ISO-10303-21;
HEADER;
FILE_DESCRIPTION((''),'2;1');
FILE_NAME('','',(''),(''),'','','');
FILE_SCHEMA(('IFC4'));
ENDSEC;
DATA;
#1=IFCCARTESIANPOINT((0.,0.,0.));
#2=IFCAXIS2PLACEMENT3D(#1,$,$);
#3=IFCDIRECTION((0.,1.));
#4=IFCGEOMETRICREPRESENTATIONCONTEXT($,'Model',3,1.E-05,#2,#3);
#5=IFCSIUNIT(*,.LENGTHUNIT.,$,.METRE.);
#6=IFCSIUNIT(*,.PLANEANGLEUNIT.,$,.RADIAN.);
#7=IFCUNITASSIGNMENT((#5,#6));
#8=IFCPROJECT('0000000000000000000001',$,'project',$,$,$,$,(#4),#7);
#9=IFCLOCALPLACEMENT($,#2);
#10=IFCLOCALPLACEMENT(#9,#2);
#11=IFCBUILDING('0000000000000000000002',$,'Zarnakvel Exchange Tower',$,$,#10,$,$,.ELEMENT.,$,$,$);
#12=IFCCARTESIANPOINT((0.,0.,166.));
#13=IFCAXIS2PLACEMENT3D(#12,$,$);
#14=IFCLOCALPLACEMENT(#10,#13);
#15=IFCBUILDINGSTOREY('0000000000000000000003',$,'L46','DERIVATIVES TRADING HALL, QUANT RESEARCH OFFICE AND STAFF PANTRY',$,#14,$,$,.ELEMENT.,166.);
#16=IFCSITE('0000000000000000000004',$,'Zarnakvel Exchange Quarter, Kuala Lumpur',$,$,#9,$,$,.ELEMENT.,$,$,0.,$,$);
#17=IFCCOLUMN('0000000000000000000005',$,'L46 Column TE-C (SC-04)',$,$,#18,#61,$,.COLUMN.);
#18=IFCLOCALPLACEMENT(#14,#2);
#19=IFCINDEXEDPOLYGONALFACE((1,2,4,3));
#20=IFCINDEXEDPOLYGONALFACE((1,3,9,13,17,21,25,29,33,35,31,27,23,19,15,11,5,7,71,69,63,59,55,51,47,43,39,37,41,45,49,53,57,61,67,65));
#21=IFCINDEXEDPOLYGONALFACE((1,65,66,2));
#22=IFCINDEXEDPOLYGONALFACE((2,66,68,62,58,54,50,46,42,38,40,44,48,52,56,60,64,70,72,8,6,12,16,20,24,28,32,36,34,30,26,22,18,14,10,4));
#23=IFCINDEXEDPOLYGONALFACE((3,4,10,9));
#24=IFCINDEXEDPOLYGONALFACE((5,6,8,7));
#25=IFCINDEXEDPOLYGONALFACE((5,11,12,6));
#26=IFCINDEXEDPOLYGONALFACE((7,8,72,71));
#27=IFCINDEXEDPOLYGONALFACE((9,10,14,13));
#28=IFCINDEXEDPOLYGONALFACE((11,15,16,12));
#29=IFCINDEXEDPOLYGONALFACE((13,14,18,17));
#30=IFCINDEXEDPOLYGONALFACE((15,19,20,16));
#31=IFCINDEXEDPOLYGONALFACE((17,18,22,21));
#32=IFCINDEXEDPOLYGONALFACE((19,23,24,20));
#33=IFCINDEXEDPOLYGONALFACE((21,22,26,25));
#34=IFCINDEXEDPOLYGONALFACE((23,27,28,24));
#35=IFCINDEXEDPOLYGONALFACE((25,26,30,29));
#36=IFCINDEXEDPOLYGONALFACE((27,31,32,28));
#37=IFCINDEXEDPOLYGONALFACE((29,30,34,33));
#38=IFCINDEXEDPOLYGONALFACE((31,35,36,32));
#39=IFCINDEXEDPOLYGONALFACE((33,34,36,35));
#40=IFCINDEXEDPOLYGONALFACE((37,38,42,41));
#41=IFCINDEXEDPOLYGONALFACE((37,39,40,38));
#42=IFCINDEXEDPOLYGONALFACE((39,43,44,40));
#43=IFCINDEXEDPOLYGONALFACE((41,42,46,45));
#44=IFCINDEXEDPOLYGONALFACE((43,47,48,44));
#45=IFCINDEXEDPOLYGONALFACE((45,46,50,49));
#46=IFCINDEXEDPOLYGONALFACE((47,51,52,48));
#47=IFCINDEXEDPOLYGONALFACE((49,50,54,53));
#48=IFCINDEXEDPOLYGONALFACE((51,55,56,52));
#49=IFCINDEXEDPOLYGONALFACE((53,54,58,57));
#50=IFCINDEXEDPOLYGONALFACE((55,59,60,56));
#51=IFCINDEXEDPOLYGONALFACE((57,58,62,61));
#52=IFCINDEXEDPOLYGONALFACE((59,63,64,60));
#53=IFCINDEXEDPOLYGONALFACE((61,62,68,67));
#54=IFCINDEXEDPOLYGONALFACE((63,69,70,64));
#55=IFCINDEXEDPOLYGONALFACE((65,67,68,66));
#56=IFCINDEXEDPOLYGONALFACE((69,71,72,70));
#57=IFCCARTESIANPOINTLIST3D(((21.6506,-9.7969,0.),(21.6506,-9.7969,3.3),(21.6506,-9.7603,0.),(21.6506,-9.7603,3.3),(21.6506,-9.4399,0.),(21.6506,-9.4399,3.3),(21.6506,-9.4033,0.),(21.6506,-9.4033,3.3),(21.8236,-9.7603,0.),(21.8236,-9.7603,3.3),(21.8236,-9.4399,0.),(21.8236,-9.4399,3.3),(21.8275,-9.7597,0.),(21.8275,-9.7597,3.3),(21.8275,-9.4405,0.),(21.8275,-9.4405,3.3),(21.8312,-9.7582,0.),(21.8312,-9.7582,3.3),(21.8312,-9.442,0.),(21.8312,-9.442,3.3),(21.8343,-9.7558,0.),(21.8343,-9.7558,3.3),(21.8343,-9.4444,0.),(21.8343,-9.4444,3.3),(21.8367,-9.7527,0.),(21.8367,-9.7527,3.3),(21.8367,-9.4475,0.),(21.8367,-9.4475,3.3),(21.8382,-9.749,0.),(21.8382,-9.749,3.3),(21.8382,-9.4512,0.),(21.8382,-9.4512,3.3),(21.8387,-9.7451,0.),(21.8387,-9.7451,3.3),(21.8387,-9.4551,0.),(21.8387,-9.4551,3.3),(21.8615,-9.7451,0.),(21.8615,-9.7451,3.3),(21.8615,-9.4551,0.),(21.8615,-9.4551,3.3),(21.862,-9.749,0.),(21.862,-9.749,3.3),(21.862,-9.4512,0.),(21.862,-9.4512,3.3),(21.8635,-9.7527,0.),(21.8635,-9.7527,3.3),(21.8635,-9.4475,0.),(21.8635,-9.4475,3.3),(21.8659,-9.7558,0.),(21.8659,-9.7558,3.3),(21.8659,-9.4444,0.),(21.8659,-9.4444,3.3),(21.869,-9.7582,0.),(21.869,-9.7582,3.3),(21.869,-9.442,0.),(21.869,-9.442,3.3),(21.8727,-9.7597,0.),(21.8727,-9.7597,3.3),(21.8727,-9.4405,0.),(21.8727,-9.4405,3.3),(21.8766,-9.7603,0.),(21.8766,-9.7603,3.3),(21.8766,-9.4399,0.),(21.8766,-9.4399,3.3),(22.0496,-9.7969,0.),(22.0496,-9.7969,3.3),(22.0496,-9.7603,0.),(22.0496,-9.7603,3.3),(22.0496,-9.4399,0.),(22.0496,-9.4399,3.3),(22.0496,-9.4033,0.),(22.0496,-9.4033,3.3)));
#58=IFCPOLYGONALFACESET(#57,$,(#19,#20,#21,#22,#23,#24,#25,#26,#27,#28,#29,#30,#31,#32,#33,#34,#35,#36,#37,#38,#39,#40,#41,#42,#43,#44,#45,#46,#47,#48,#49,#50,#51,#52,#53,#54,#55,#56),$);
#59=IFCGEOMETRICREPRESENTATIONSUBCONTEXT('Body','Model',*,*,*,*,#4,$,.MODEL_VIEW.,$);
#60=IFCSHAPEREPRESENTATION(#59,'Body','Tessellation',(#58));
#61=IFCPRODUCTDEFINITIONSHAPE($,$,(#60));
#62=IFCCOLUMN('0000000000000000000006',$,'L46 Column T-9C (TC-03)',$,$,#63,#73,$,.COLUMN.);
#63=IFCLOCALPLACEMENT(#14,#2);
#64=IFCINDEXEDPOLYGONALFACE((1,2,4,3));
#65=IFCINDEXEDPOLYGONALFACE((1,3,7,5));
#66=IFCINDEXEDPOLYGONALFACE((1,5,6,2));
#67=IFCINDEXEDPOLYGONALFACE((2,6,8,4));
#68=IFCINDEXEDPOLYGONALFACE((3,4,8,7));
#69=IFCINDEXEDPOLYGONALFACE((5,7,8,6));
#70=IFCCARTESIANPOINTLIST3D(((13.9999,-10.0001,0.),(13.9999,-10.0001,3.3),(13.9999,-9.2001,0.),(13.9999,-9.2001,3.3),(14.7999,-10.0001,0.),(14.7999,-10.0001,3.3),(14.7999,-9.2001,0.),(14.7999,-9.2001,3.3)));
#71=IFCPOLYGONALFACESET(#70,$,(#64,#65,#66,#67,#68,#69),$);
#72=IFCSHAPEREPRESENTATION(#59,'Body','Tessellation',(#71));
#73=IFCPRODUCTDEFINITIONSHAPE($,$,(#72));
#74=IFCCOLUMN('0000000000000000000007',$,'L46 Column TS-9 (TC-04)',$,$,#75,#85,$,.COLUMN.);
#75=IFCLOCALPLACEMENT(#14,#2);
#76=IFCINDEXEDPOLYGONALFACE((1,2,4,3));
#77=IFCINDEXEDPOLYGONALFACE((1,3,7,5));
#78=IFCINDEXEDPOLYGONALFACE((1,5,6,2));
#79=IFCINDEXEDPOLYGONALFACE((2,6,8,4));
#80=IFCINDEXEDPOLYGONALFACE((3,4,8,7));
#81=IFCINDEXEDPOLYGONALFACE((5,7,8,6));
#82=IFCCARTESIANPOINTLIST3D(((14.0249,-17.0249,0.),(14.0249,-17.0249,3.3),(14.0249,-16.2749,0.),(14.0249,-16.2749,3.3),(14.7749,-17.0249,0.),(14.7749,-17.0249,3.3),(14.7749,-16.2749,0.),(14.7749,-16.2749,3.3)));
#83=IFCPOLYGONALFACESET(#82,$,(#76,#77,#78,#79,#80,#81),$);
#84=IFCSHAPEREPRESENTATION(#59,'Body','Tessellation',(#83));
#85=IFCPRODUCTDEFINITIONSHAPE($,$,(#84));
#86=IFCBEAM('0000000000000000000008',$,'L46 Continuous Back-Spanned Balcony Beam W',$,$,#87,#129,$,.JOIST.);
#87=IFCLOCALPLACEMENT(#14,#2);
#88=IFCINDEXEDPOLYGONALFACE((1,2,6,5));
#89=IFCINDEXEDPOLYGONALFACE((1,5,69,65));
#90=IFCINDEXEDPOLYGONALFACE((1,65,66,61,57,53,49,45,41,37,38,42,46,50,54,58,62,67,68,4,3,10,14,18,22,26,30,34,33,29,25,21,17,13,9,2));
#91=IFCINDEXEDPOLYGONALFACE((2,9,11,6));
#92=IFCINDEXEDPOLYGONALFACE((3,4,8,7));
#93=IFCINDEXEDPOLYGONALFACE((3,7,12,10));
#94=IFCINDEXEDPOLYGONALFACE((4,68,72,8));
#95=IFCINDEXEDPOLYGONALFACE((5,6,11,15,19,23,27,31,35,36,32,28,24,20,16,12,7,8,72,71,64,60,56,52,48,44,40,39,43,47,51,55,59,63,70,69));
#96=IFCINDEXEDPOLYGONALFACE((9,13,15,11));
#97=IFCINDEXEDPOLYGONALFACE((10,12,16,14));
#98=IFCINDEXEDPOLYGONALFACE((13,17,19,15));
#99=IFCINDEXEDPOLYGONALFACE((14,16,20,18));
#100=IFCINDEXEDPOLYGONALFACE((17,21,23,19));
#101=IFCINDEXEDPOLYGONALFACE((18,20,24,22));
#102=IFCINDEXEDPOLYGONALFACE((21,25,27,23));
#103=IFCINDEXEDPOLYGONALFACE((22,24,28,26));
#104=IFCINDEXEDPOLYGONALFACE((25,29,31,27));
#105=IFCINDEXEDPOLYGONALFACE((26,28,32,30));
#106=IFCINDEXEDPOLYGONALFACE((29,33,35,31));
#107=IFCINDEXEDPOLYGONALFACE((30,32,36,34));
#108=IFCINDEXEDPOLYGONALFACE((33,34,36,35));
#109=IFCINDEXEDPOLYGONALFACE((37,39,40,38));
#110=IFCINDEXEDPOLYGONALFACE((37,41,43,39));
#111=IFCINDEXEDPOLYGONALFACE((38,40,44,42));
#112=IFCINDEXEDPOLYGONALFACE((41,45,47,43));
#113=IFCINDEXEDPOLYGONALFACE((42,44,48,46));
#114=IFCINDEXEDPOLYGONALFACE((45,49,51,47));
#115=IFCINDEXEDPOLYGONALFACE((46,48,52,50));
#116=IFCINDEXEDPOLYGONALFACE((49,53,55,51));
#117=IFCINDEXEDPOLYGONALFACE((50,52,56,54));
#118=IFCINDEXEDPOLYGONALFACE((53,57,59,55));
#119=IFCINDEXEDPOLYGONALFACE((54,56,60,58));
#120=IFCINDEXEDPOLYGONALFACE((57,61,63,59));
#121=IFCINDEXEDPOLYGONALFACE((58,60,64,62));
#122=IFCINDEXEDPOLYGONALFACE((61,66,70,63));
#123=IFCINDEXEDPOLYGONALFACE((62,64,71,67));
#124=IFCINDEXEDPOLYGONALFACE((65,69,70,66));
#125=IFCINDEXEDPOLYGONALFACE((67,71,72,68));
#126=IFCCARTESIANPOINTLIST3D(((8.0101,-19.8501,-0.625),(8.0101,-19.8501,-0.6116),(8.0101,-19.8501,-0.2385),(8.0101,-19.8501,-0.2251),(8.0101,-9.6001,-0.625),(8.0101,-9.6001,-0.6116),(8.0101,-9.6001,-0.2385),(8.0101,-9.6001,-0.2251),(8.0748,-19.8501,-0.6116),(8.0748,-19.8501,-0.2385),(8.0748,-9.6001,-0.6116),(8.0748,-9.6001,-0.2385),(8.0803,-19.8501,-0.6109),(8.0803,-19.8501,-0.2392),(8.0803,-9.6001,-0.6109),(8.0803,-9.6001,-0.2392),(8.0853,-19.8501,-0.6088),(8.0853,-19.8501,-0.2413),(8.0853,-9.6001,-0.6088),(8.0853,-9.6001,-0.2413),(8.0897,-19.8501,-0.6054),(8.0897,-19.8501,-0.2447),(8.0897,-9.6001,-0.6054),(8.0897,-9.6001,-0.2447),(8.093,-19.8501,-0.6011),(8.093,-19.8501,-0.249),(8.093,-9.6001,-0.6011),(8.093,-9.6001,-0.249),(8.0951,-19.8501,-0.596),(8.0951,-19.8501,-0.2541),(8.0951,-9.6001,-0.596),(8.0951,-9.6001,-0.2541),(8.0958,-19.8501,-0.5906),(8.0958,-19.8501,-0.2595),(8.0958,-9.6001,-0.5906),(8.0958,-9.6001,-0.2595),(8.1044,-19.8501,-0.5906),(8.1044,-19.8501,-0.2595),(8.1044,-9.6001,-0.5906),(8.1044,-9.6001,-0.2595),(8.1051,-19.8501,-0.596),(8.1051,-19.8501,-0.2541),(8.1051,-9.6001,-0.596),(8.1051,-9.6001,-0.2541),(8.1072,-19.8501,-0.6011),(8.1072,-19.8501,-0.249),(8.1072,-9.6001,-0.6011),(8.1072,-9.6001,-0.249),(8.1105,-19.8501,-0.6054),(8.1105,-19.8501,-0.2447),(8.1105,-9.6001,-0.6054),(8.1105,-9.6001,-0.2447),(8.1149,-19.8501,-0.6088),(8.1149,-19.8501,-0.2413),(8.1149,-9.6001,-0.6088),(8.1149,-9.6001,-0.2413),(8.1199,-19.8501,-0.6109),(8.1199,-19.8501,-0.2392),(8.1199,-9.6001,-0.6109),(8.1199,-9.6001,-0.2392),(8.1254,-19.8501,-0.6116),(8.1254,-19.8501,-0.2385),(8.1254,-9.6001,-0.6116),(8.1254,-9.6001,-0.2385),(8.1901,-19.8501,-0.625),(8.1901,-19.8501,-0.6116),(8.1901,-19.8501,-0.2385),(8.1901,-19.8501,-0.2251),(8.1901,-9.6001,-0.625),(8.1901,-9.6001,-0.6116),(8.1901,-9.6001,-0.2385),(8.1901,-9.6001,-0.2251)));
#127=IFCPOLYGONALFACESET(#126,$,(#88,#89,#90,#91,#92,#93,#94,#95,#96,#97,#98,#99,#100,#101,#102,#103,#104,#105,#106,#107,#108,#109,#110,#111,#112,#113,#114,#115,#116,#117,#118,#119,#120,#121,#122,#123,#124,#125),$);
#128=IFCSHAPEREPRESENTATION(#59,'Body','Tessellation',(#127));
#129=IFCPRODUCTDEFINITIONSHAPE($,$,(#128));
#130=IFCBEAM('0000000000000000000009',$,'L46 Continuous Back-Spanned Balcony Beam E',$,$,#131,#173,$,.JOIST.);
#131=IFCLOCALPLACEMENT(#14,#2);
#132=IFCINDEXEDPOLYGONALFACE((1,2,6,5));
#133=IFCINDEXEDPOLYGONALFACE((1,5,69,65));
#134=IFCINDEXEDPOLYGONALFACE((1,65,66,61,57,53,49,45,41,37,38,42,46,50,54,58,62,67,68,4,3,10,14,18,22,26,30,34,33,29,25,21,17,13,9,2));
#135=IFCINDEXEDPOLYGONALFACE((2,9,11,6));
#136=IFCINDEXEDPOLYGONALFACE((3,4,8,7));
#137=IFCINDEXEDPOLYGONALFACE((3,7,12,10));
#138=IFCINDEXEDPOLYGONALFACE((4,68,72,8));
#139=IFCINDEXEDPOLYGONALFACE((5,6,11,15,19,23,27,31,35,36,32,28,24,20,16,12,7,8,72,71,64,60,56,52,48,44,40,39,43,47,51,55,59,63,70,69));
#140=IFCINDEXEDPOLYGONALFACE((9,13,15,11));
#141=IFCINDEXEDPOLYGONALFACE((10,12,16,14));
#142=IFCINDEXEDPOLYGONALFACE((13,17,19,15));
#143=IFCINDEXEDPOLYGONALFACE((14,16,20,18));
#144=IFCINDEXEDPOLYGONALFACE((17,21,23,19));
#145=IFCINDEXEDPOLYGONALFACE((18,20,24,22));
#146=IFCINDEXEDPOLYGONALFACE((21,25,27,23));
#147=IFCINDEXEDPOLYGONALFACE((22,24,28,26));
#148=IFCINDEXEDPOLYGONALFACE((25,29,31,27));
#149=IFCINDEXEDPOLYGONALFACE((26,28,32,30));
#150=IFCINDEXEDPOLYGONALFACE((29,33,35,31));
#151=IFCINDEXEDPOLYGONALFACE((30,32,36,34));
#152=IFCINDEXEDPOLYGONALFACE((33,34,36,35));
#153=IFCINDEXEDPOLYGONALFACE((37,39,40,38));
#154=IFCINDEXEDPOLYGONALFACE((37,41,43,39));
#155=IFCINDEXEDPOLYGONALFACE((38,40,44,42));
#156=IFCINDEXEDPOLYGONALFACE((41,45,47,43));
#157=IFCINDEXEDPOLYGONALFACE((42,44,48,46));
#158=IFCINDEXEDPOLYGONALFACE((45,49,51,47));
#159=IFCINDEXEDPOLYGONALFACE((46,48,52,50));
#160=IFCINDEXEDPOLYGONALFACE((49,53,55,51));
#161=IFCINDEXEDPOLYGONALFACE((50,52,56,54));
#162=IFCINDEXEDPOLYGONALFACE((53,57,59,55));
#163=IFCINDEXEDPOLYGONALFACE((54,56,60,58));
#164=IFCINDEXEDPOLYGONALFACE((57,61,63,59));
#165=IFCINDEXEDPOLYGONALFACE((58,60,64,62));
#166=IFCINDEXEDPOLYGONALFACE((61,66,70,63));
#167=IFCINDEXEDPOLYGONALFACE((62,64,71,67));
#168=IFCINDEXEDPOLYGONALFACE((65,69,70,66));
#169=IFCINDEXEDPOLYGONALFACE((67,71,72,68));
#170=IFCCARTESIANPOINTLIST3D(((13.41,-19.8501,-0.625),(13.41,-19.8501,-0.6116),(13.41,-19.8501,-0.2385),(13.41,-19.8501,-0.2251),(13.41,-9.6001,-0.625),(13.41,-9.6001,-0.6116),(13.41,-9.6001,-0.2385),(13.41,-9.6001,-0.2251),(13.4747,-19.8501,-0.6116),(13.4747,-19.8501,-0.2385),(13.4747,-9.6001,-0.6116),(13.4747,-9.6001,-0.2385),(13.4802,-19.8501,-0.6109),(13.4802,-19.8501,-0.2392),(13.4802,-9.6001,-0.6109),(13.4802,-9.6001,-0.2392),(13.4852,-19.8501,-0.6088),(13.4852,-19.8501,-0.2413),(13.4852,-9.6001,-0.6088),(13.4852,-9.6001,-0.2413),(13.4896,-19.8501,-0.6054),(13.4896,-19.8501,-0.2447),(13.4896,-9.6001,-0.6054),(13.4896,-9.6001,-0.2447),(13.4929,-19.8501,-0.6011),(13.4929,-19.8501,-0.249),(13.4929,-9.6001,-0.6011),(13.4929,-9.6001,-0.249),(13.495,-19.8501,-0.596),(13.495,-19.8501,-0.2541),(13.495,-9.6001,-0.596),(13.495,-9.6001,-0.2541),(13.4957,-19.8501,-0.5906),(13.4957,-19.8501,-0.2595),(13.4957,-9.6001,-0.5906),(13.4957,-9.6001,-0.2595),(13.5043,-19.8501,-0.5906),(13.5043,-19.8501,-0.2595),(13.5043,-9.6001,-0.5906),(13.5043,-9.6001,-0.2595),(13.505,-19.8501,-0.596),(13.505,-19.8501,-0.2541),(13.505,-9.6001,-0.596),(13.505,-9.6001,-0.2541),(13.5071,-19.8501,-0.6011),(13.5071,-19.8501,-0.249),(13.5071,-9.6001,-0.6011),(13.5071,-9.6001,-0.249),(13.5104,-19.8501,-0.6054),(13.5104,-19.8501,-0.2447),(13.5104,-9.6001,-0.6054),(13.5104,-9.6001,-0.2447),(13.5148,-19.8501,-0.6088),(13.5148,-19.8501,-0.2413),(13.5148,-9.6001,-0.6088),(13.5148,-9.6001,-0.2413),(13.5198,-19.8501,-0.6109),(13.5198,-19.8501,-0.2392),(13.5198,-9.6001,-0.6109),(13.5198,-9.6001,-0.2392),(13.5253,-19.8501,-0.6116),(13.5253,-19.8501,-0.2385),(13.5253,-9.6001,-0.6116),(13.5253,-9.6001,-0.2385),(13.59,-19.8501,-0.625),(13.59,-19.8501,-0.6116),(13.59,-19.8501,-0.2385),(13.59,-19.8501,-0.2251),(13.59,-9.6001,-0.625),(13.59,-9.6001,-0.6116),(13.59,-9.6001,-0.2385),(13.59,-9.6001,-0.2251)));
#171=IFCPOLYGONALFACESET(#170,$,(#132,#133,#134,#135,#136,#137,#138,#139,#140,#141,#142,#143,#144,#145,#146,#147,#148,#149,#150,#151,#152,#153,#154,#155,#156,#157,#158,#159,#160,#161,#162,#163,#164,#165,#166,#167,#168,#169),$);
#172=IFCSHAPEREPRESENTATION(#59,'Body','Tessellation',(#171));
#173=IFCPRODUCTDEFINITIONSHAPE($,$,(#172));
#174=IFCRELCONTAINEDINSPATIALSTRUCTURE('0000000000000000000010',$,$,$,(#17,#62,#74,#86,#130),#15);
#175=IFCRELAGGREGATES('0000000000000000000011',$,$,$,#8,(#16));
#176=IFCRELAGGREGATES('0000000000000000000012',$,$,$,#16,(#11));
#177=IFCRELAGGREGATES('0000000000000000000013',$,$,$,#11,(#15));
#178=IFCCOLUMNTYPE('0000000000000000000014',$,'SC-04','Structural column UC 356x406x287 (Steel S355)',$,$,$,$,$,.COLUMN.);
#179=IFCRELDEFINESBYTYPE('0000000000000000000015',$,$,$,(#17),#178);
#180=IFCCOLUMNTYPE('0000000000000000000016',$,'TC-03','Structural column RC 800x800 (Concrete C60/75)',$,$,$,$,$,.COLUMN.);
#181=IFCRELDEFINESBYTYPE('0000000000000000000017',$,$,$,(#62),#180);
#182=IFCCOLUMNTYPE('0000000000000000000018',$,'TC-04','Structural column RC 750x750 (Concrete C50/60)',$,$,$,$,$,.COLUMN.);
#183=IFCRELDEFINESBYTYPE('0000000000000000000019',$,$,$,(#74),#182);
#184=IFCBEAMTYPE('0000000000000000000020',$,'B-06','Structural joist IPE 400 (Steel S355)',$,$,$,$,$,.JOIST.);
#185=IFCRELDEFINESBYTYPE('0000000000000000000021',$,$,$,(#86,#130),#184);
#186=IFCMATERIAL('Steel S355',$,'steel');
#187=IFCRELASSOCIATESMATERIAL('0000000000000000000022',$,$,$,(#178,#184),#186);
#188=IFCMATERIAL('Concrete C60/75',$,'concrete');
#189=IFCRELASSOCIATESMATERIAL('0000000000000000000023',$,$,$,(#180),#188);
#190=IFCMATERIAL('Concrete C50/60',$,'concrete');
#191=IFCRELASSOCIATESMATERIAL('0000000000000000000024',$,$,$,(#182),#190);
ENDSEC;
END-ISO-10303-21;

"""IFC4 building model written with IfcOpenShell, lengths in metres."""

from ifc_helpers import new_model, si_unit, direction, frame, origin, origin_2d, place, context, subcontext, project, spatial, rectangle, i_section, extrude, material, material_profile, profile_set, type_object, element, save


model = new_model("IFC4")

# Units and contexts
model_context = context("Model", 3, precision=1e-05, world=origin(), true_north=direction((0.0, 1.0)))
body_context = subcontext(model_context, "Body", "Model", "MODEL_VIEW")
ifc_project = project(units=[si_unit("LENGTHUNIT", "METRE"), si_unit("PLANEANGLEUNIT", "RADIAN")], contexts=[model_context])

# Site, building, storey
site_placement = place(None, origin())
site = spatial("IfcSite", under=ifc_project, at=site_placement, Name="Zarnakvel Exchange Quarter, Kuala Lumpur", CompositionType="ELEMENT", RefElevation=0.0)
building_placement = place(site_placement, origin())
building = spatial("IfcBuilding", under=site, at=building_placement, Name="Zarnakvel Exchange Tower", CompositionType="ELEMENT")
storey_placement = place(building_placement, frame((0.0, 0.0, 166.0)))
storey = spatial("IfcBuildingStorey", under=building, at=storey_placement, Name="L46", Description="DERIVATIVES TRADING HALL, QUANT RESEARCH OFFICE AND STAFF PANTRY", CompositionType="ELEMENT", Elevation=166.0)

# Columns
ifc_material_1 = material(Name="Steel S355", Category="steel")
ifc_material_profile_1 = material_profile(ifc_material_1, i_section(OverallWidth=0.3989, OverallDepth=0.3936, WebThickness=0.0227, FlangeThickness=0.0366, FilletRadius=0.0151, at=origin_2d()))
ifc_profile_set_1 = profile_set([ifc_material_profile_1], Name="Steel S355")
column_type_1 = type_object("IfcColumnType", Name="SC-04", Description="Structural column UC 356x406x287 (Steel S355)", PredefinedType="COLUMN", material=ifc_profile_set_1)
column_1_placement = place(storey_placement, frame((21.8501, -9.6001, 0.0), z_axis=(0.0, 0.0, 1.0), x_axis=(1.0, 0.0, 0.0)))
element("IfcColumn", 1, at=column_1_placement, inside=storey, type_object=column_type_1, Name="L46 Column TE-C (SC-04)", PredefinedType="COLUMN", context=body_context, shape_type="SweptSolid", body=[
    extrude(i_section(OverallWidth=0.3989, OverallDepth=0.3936, WebThickness=0.0227, FlangeThickness=0.0366, FilletRadius=0.0151, at=origin_2d()), origin(), (0.0, 0.0, 1.0), 3.3),
])
ifc_material_2 = material(Name="Concrete C60/75", Category="concrete")
ifc_material_profile_2 = material_profile(ifc_material_2, rectangle(XDim=0.8, YDim=0.8, at=origin_2d()))
ifc_profile_set_2 = profile_set([ifc_material_profile_2], Name="Concrete C60/75")
column_type_2 = type_object("IfcColumnType", Name="TC-03", Description="Structural column RC 800x800 (Concrete C60/75)", PredefinedType="COLUMN", material=ifc_profile_set_2)
column_2_placement = place(storey_placement, frame((14.3999, -9.6001, 0.0), z_axis=(0.0, 0.0, 1.0), x_axis=(1.0, 0.0, 0.0)))
element("IfcColumn", 2, at=column_2_placement, inside=storey, type_object=column_type_2, Name="L46 Column T-9C (TC-03)", PredefinedType="COLUMN", context=body_context, shape_type="SweptSolid", body=[
    extrude(rectangle(XDim=0.8, YDim=0.8, at=origin_2d()), origin(), (0.0, 0.0, 1.0), 3.3),
])
ifc_material_3 = material(Name="Concrete C50/60", Category="concrete")
ifc_material_profile_3 = material_profile(ifc_material_3, rectangle(XDim=0.75, YDim=0.75, at=origin_2d()))
ifc_profile_set_3 = profile_set([ifc_material_profile_3], Name="Concrete C50/60")
column_type_3 = type_object("IfcColumnType", Name="TC-04", Description="Structural column RC 750x750 (Concrete C50/60)", PredefinedType="COLUMN", material=ifc_profile_set_3)
column_3_placement = place(storey_placement, frame((14.3999, -16.6499, 0.0), z_axis=(0.0, 0.0, 1.0), x_axis=(1.0, 0.0, 0.0)))
element("IfcColumn", 3, at=column_3_placement, inside=storey, type_object=column_type_3, Name="L46 Column TS-9 (TC-04)", PredefinedType="COLUMN", context=body_context, shape_type="SweptSolid", body=[
    extrude(rectangle(XDim=0.75, YDim=0.75, at=origin_2d()), origin(), (0.0, 0.0, 1.0), 3.3),
])

# Beams
ifc_material_profile_4 = material_profile(ifc_material_1, i_section(OverallWidth=0.1799, OverallDepth=0.3999, WebThickness=0.0085, FlangeThickness=0.0134, FilletRadius=0.021, at=origin_2d()))
ifc_profile_set_4 = profile_set([ifc_material_profile_4], Name="Steel S355")
beam_type_1 = type_object("IfcBeamType", Name="B-06", Description="Structural joist IPE 400 (Steel S355)", PredefinedType="JOIST", material=ifc_profile_set_4)
for number, where, z_axis, x_axis, name in (
    (4, (8.1001, -9.6001, -0.425), (0.0, -1.0, 0.0), (1.0, 0.0, 0.0), "L46 Continuous Back-Spanned Balcony Beam W"),
    (5, (13.5, -9.6001, -0.425), (0.0, -1.0, 0.0), (1.0, 0.0, 0.0), "L46 Continuous Back-Spanned Balcony Beam E"),
):
    element("IfcBeam", number, at=place(storey_placement, frame(where, z_axis=z_axis, x_axis=x_axis)), inside=storey, type_object=beam_type_1, Name=name, PredefinedType="JOIST", context=body_context, shape_type="SweptSolid", body=[
        extrude(i_section(OverallWidth=0.1799, OverallDepth=0.3999, WebThickness=0.0085, FlangeThickness=0.0134, FilletRadius=0.021, at=origin_2d()), origin(), (0.0, 0.0, 1.0), 10.25),
    ])

save(model, "model.ifc")
